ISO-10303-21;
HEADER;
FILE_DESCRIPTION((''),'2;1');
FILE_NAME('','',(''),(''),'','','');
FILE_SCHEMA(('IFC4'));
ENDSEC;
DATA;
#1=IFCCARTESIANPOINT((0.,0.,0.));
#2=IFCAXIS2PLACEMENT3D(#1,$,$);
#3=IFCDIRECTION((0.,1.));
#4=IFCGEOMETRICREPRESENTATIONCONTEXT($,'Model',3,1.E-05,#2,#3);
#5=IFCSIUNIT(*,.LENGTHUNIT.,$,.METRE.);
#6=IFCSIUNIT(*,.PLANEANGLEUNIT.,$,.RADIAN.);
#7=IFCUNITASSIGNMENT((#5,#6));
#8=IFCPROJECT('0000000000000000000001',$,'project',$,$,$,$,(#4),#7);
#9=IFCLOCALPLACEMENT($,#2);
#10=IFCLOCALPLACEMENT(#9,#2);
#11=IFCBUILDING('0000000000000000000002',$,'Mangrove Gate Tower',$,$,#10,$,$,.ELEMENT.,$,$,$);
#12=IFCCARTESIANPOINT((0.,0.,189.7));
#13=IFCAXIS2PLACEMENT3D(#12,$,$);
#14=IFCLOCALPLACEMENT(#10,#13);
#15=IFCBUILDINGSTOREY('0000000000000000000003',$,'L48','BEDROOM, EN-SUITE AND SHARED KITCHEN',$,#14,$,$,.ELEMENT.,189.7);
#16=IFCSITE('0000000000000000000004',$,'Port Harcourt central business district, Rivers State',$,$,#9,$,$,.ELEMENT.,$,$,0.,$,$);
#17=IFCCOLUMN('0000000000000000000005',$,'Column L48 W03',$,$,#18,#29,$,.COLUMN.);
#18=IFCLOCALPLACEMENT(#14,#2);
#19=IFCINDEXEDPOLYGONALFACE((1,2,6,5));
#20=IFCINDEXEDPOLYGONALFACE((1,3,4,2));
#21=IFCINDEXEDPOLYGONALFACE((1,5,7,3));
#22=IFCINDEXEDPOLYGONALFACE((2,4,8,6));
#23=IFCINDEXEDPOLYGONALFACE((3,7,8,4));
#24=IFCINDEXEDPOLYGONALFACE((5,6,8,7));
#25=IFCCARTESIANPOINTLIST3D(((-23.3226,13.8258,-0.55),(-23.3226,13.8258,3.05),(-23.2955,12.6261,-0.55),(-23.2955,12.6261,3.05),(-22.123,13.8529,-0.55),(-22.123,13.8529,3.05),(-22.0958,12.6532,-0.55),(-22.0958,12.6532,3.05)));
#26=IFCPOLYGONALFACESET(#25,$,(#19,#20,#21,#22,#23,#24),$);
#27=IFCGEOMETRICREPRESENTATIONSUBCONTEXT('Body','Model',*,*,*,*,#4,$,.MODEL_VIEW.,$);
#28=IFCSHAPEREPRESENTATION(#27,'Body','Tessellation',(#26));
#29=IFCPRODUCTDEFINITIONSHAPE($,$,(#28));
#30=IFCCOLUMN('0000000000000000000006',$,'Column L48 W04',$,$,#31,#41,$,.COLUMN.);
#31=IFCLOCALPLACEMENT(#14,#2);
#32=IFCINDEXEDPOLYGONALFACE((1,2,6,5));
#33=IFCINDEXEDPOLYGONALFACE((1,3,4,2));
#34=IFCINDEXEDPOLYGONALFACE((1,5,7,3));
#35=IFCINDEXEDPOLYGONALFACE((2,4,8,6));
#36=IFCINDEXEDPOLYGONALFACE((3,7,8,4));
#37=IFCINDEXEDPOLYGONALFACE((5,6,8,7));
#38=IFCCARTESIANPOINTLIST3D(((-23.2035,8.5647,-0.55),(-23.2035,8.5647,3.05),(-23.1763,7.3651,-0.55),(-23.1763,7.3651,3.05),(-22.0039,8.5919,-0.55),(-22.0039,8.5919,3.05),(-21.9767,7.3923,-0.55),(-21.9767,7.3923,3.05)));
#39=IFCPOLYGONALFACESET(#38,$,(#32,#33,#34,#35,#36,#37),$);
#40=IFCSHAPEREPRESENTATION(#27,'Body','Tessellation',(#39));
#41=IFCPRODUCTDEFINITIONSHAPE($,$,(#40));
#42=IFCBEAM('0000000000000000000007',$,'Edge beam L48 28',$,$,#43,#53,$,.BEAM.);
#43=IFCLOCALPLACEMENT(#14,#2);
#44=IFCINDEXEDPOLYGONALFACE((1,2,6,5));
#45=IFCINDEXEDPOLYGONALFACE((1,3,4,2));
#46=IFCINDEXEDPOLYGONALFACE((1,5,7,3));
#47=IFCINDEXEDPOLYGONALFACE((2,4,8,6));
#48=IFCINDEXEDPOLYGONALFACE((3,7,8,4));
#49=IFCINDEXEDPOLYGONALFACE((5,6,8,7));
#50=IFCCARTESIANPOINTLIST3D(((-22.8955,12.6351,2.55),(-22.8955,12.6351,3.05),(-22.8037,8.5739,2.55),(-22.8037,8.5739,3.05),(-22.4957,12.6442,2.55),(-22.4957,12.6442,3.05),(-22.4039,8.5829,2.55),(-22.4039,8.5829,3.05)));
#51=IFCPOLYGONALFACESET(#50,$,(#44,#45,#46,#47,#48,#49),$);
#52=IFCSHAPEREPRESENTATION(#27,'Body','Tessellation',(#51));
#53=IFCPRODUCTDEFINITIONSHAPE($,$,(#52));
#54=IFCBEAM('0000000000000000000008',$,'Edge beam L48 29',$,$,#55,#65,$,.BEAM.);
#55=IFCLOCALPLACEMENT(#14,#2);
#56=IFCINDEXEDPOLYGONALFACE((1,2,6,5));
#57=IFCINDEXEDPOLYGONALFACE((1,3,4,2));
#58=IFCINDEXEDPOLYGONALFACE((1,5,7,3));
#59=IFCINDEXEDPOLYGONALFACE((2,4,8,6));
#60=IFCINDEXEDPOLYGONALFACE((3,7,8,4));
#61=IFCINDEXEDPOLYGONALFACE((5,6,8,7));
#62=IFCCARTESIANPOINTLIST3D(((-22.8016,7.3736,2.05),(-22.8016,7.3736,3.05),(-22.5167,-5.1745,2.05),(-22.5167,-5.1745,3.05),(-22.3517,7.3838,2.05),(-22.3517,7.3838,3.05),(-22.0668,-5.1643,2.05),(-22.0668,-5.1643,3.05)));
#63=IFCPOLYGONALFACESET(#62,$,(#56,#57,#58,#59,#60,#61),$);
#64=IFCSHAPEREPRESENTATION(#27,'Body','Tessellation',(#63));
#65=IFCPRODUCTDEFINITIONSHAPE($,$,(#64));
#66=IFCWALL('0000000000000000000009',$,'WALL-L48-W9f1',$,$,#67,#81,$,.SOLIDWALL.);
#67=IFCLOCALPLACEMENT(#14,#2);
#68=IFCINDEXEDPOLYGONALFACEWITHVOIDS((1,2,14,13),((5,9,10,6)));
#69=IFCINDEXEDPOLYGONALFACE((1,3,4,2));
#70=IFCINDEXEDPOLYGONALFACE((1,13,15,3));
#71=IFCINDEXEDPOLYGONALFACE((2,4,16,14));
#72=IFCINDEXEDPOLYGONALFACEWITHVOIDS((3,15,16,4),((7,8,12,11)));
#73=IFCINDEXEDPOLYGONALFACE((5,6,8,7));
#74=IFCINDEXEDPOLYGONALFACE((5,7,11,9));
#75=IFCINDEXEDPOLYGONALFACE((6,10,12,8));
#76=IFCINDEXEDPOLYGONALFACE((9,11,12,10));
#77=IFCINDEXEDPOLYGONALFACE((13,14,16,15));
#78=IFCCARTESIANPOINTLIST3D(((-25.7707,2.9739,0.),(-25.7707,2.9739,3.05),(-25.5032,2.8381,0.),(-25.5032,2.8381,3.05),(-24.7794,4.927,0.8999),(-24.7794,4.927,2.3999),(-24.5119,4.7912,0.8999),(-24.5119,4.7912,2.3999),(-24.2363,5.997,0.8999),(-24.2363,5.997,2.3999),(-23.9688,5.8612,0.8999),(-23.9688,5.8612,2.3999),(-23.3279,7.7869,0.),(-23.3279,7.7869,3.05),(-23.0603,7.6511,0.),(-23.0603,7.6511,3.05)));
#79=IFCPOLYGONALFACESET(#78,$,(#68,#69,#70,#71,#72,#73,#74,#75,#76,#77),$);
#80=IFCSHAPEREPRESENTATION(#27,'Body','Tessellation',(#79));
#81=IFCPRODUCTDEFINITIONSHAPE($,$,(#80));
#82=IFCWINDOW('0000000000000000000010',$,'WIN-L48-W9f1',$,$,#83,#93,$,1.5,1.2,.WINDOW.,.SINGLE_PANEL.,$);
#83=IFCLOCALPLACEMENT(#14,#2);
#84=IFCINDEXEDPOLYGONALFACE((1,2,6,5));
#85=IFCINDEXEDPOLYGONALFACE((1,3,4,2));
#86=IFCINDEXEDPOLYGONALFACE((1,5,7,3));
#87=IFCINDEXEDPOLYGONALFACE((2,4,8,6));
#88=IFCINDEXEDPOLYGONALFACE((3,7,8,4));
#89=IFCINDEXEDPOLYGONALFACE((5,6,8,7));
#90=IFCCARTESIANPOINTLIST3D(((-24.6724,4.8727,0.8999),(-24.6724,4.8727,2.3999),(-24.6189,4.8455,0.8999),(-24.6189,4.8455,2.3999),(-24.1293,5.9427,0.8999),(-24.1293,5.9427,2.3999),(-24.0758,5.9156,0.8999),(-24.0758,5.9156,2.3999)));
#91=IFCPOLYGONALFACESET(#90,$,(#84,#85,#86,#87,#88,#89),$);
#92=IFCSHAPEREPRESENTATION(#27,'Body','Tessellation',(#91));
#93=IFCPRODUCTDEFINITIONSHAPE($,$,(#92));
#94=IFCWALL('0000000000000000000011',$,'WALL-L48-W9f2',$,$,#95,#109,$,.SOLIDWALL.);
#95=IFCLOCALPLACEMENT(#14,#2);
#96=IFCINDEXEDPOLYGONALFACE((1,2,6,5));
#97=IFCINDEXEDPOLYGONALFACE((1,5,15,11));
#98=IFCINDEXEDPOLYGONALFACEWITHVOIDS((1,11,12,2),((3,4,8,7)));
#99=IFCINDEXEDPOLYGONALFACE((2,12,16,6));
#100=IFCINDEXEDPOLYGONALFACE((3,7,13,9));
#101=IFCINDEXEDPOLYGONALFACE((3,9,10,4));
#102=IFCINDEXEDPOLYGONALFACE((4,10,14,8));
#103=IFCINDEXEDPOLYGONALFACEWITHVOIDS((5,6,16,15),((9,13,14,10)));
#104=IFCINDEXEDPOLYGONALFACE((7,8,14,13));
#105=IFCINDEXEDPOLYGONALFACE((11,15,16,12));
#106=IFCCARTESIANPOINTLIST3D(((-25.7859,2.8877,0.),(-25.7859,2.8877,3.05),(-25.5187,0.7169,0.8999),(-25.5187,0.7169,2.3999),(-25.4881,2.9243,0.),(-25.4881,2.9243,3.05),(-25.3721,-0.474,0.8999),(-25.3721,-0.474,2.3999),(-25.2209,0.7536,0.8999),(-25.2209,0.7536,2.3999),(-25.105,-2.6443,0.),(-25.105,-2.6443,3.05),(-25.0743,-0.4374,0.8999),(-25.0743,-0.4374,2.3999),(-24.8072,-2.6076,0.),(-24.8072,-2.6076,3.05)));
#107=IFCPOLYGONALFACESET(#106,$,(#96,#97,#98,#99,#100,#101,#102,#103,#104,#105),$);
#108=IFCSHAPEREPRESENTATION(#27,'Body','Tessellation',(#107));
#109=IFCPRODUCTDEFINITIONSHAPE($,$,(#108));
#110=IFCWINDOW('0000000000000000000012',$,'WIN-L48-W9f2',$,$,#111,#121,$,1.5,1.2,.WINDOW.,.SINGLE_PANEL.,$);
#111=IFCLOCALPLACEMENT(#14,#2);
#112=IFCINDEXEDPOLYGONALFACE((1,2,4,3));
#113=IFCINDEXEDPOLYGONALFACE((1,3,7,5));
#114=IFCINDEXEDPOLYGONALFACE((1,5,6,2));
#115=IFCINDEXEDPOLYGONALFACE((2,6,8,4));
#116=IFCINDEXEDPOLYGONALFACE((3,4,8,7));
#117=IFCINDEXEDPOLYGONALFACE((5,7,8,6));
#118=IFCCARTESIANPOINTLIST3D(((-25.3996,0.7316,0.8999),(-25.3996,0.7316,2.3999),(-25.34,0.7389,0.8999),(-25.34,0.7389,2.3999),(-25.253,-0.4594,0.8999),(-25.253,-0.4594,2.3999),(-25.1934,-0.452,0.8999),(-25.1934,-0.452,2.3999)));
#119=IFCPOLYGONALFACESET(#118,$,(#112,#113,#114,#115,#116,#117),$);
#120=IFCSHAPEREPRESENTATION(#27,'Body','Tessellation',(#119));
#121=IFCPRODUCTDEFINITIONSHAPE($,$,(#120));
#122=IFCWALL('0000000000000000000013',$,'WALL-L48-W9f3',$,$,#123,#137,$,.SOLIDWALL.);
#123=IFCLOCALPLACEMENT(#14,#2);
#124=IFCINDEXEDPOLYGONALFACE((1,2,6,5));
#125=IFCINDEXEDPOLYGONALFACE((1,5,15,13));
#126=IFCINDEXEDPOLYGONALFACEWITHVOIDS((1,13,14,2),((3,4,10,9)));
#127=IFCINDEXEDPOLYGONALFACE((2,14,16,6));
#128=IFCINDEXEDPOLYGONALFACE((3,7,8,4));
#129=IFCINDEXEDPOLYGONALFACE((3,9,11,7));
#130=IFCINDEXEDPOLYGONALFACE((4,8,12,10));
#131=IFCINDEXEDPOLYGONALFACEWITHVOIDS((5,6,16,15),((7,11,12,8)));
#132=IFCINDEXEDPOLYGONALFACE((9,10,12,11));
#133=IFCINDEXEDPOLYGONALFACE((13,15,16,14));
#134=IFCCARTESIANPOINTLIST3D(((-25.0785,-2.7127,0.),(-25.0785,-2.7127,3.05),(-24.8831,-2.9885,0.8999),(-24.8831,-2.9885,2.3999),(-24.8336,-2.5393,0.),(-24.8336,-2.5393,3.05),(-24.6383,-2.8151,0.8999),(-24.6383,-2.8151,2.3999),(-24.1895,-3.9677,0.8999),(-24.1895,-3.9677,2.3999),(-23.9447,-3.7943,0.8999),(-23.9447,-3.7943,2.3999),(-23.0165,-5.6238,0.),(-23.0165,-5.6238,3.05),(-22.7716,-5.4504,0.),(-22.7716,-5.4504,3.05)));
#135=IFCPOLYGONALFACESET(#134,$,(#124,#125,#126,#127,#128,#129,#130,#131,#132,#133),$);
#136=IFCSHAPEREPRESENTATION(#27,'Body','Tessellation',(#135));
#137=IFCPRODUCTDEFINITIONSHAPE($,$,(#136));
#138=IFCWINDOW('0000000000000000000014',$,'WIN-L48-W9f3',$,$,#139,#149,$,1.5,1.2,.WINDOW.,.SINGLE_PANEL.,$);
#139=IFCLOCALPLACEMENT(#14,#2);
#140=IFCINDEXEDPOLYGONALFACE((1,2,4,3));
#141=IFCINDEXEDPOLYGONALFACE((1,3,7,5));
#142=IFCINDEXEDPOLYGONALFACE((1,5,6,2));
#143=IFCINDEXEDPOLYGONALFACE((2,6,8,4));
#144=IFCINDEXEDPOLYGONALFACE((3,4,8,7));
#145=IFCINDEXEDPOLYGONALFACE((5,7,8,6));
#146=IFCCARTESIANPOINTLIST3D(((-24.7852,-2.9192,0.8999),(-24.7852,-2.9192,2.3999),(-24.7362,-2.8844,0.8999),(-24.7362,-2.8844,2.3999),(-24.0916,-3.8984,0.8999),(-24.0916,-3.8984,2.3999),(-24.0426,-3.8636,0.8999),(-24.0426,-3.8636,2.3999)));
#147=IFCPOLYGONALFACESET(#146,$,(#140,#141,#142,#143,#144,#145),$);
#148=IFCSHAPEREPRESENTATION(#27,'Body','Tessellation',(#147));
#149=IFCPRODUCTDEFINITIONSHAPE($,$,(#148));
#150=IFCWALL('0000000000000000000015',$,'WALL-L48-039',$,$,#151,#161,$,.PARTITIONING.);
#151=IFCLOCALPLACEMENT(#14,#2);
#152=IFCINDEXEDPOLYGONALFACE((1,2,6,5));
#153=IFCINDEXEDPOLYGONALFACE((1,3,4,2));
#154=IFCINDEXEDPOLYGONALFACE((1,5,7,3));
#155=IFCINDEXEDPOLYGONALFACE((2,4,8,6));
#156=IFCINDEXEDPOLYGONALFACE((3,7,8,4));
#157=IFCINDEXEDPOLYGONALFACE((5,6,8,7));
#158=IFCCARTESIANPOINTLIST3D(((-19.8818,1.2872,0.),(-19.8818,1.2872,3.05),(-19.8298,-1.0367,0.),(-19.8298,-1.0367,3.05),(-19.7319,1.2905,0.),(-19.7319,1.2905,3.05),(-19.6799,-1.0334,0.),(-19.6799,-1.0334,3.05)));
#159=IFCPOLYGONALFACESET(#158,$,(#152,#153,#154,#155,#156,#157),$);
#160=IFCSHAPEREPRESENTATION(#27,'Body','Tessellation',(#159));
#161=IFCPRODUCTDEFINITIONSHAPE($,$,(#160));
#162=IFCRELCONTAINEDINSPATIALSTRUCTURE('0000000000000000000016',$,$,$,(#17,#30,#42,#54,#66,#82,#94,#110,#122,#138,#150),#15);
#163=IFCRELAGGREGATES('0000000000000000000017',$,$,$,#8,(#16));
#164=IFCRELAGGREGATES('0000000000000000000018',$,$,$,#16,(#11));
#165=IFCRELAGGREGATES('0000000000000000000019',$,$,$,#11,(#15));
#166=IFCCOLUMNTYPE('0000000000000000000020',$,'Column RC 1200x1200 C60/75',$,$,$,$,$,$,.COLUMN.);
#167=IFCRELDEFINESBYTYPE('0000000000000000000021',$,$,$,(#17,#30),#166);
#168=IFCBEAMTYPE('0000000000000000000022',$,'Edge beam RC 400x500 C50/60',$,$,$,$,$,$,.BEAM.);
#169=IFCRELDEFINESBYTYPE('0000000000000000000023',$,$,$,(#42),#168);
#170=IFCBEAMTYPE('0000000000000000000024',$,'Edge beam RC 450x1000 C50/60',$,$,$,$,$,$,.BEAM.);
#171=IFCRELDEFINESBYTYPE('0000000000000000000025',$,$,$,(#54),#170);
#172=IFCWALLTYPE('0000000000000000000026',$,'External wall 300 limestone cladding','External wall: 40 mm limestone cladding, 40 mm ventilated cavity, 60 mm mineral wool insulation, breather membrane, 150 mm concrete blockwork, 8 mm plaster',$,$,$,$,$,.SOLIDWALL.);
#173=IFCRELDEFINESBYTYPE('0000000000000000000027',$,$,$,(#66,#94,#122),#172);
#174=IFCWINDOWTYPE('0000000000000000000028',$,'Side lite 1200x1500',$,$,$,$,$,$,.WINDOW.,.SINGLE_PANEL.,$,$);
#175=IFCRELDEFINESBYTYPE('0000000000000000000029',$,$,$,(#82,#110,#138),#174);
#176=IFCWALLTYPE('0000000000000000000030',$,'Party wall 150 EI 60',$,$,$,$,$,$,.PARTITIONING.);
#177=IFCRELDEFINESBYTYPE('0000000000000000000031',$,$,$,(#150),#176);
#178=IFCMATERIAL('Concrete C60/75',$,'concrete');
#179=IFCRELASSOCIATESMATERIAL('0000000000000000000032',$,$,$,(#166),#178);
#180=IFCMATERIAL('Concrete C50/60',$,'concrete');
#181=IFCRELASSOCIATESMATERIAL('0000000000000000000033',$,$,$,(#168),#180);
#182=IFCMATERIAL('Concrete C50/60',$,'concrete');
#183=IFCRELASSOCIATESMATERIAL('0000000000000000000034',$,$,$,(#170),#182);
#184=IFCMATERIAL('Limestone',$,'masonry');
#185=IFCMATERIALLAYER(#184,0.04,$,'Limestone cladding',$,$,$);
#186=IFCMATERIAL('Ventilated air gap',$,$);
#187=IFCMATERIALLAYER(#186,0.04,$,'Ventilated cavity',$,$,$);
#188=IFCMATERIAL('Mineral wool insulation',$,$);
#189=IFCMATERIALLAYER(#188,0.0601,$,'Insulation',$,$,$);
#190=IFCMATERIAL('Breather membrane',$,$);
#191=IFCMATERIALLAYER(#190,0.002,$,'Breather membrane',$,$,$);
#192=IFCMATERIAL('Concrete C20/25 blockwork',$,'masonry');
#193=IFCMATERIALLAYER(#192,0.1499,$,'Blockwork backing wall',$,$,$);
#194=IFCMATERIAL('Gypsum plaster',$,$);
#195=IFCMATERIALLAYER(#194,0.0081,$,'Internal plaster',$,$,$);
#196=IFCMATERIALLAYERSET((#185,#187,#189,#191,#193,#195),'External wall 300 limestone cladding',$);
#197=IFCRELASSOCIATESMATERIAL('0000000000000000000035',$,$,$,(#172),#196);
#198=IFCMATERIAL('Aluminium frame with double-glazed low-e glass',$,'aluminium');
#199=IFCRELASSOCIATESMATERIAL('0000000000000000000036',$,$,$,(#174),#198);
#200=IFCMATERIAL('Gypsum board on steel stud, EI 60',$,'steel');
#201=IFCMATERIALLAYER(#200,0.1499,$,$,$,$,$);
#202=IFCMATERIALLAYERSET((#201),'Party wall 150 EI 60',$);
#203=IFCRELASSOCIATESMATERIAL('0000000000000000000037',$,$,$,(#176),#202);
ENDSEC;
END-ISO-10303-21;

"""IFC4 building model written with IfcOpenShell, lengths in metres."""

from ifc_helpers import new_model, si_unit, direction, frame, frame_2d, origin, origin_2d, place, context, subcontext, project, spatial, rectangle, extrude, material, layer, layer_set, material_profile, profile_set, type_object, element, fill, save


model = new_model("IFC4")

# Units and contexts
model_context = context("Model", 3, precision=1e-05, world=origin(), true_north=direction((0.0, 1.0)))
body_context = subcontext(model_context, "Body", "Model", "MODEL_VIEW")
ifc_project = project(units=[si_unit("LENGTHUNIT", "METRE"), si_unit("PLANEANGLEUNIT", "RADIAN")], contexts=[model_context])

# Site, building, storey
site_placement = place(None, origin())
site = spatial("IfcSite", under=ifc_project, at=site_placement, Name="Port Harcourt central business district, Rivers State", CompositionType="ELEMENT", RefElevation=0.0)
building_placement = place(site_placement, origin())
building = spatial("IfcBuilding", under=site, at=building_placement, Name="Mangrove Gate Tower", CompositionType="ELEMENT")
storey_placement = place(building_placement, frame((0.0, 0.0, 189.7)))
storey = spatial("IfcBuildingStorey", under=building, at=storey_placement, Name="L48", Description="BEDROOM, EN-SUITE AND SHARED KITCHEN", CompositionType="ELEMENT", Elevation=189.7)

# Columns
ifc_material_1 = material(Name="Concrete C60/75", Category="concrete")
ifc_material_profile_1 = material_profile(ifc_material_1, rectangle(XDim=1.2, YDim=1.2, at=origin_2d()))
ifc_profile_set_1 = profile_set([ifc_material_profile_1], Name="Concrete C60/75")
column_type = type_object("IfcColumnType", Name="Column RC 1200x1200 C60/75", PredefinedType="COLUMN", material=ifc_profile_set_1)
for number, where, z_axis, x_axis, name in (
    (1, (-22.7092, 13.2395, -0.55), (0.0, 0.0, 1.0), (0.022613, -0.999744, 0.0), "Column L48 W03"),
    (2, (-22.5901, 7.9785, -0.55), (0.0, 0.0, 1.0), (0.022668, -0.999743, 0.0), "Column L48 W04"),
):
    element("IfcColumn", number, at=place(storey_placement, frame(where, z_axis=z_axis, x_axis=x_axis)), inside=storey, type_object=column_type, Name=name, PredefinedType="COLUMN", context=body_context, shape_type="SweptSolid", body=[
        extrude(rectangle(XDim=1.2, YDim=1.2, at=origin_2d()), origin(), (0.0, 0.0, 1.0), 3.6001),
    ])

# Beams
ifc_material_2 = material(Name="Concrete C50/60", Category="concrete")
ifc_material_profile_2 = material_profile(ifc_material_2, rectangle(XDim=0.3999, YDim=0.5, at=origin_2d()))
ifc_profile_set_2 = profile_set([ifc_material_profile_2], Name="Concrete C50/60")
beam_type_1 = type_object("IfcBeamType", Name="Edge beam RC 400x500 C50/60", PredefinedType="BEAM", material=ifc_profile_set_2)
beam_1_placement = place(storey_placement, frame((-22.6956, 12.6396, 2.8), z_axis=(0.022597, -0.999745, 0.0), x_axis=(0.999745, 0.022597, 0.0)))
element("IfcBeam", 3, at=beam_1_placement, inside=storey, type_object=beam_type_1, Name="Edge beam L48 28", PredefinedType="BEAM", context=body_context, shape_type="SweptSolid", body=[
    extrude(rectangle(XDim=0.3999, YDim=0.5, at=origin_2d()), origin(), (0.0, 0.0, 1.0), 4.0623),
])
ifc_material_3 = material(Name="Concrete C50/60", Category="concrete")
ifc_material_profile_3 = material_profile(ifc_material_3, rectangle(XDim=0.45, YDim=1.0, at=origin_2d()))
ifc_profile_set_3 = profile_set([ifc_material_profile_3], Name="Concrete C50/60")
beam_type_2 = type_object("IfcBeamType", Name="Edge beam RC 450x1000 C50/60", PredefinedType="BEAM", material=ifc_profile_set_3)
beam_2_placement = place(storey_placement, frame((-22.5767, 7.3787, 2.55), z_axis=(0.0227, -0.999742, 0.0), x_axis=(0.999742, 0.0227, 0.0)))
element("IfcBeam", 4, at=beam_2_placement, inside=storey, type_object=beam_type_2, Name="Edge beam L48 29", PredefinedType="BEAM", context=body_context, shape_type="SweptSolid", body=[
    extrude(rectangle(XDim=0.45, YDim=1.0, at=origin_2d()), origin(), (0.0, 0.0, 1.0), 12.5513),
])

# Walls, openings, windows
ifc_material_4 = material(Name="Limestone", Category="masonry")
ifc_layer_1 = layer(ifc_material_4, 0.04, Name="Limestone cladding")
ifc_material_5 = material(Name="Ventilated air gap")
ifc_layer_2 = layer(ifc_material_5, 0.04, Name="Ventilated cavity")
ifc_material_6 = material(Name="Mineral wool insulation")
ifc_layer_3 = layer(ifc_material_6, 0.0601, Name="Insulation")
ifc_material_7 = material(Name="Breather membrane")
ifc_layer_4 = layer(ifc_material_7, 0.002, Name="Breather membrane")
ifc_material_8 = material(Name="Concrete C20/25 blockwork", Category="masonry")
ifc_layer_5 = layer(ifc_material_8, 0.1499, Name="Blockwork backing wall")
ifc_material_9 = material(Name="Gypsum plaster")
ifc_layer_6 = layer(ifc_material_9, 0.0081, Name="Internal plaster")
ifc_layer_set_1 = layer_set([ifc_layer_1, ifc_layer_2, ifc_layer_3, ifc_layer_4, ifc_layer_5, ifc_layer_6], Name="External wall 300 limestone cladding")
wall_type_1 = type_object("IfcWallType", Name="External wall 300 limestone cladding", Description="External wall: 40 mm limestone cladding, 40 mm ventilated cavity, 60 mm mineral wool insulation, breather membrane, 150 mm concrete blockwork, 8 mm plaster", PredefinedType="SOLIDWALL", material=ifc_layer_set_1)
wall_1_placement = place(storey_placement, frame((-23.1941, 7.719, 0.0), z_axis=(0.0, 0.0, 1.0), x_axis=(-0.452597, -0.891715, 0.0)))
wall_1 = element("IfcWall", 5, at=wall_1_placement, inside=storey, type_object=wall_type_1, Name="WALL-L48-W9f1", PredefinedType="SOLIDWALL", context=body_context, shape_type="SweptSolid", body=[
    extrude(rectangle(XDim=5.3975, YDim=0.3, at=frame_2d((2.6987, 0.0))), origin(), (0.0, 0.0, 1.0), 3.05),
])
opening_1_placement = place(wall_1_placement, frame((2.0071, 0.0, 0.8999)))
opening_1 = element("IfcOpeningElement", 6, at=opening_1_placement, cuts=wall_1, PredefinedType="OPENING", context=body_context, shape_type="SweptSolid", body=[
    extrude(rectangle(XDim=1.2, YDim=1.5, at=frame_2d((0.6001, 0.75))), frame((0.0, 0.1599, 0.0), z_axis=(0.0, -1.0, 0.0), x_axis=(1.0, 0.0, 0.0)), (0.0, 0.0, 1.0), 0.3201),
])
ifc_material_10 = material(Name="Aluminium frame with double-glazed low-e glass", Category="aluminium")
window_type = type_object("IfcWindowType", Name="Side lite 1200x1500", PartitioningType="SINGLE_PANEL", PredefinedType="WINDOW", material=ifc_material_10)
window_1_placement = place(opening_1_placement, origin())
window_1 = element("IfcWindow", 7, at=window_1_placement, inside=storey, type_object=window_type, Name="WIN-L48-W9f1", OverallHeight=1.5, OverallWidth=1.2, PartitioningType="SINGLE_PANEL", PredefinedType="WINDOW", context=body_context, shape_type="SweptSolid", body=[
    extrude(rectangle(XDim=1.2, YDim=1.5, at=frame_2d((0.6001, 0.75))), frame((0.0, 0.03, 0.0), z_axis=(0.0, -1.0, 0.0), x_axis=(1.0, 0.0, 0.0)), (0.0, 0.0, 1.0), 0.0601),
])
fill(opening_1, window_1)
wall_2_placement = place(storey_placement, frame((-25.637, 2.906, 0.0), z_axis=(0.0, 0.0, 1.0), x_axis=(0.122164, -0.99251, 0.0)))
wall_2 = element("IfcWall", 8, at=wall_2_placement, inside=storey, type_object=wall_type_1, Name="WALL-L48-W9f2", PredefinedType="SOLIDWALL", context=body_context, shape_type="SweptSolid", body=[
    extrude(rectangle(XDim=5.5737, YDim=0.3, at=frame_2d((2.7869, 0.0))), origin(), (0.0, 0.0, 1.0), 3.05),
])
opening_2_placement = place(wall_2_placement, frame((2.187, 0.0, 0.8999)))
opening_2 = element("IfcOpeningElement", 9, at=opening_2_placement, cuts=wall_2, PredefinedType="OPENING", context=body_context, shape_type="SweptSolid", body=[
    extrude(rectangle(XDim=1.2, YDim=1.5, at=frame_2d((0.6001, 0.75))), frame((0.0, 0.1599, 0.0), z_axis=(0.0, -1.0, 0.0), x_axis=(1.0, 0.0, 0.0)), (0.0, 0.0, 1.0), 0.3201),
])
window_2_placement = place(opening_2_placement, origin())
window_2 = element("IfcWindow", 10, at=window_2_placement, inside=storey, type_object=window_type, Name="WIN-L48-W9f2", OverallHeight=1.5, OverallWidth=1.2, PartitioningType="SINGLE_PANEL", PredefinedType="WINDOW", context=body_context, shape_type="SweptSolid", body=[
    extrude(rectangle(XDim=1.2, YDim=1.5, at=frame_2d((0.6001, 0.75))), frame((0.0, 0.03, 0.0), z_axis=(0.0, -1.0, 0.0), x_axis=(1.0, 0.0, 0.0)), (0.0, 0.0, 1.0), 0.0601),
])
fill(opening_2, window_2)
wall_3_placement = place(storey_placement, frame((-24.9561, -2.626, 0.0), z_axis=(0.0, 0.0, 1.0), x_axis=(0.57801, -0.81603, 0.0)))
wall_3 = element("IfcWall", 11, at=wall_3_placement, inside=storey, type_object=wall_type_1, Name="WALL-L48-W9f3", PredefinedType="SOLIDWALL", context=body_context, shape_type="SweptSolid", body=[
    extrude(rectangle(XDim=3.5674, YDim=0.3, at=frame_2d((1.7837, 0.0))), origin(), (0.0, 0.0, 1.0), 3.05),
])
opening_3_placement = place(wall_3_placement, frame((0.3379, 0.0, 0.8999)))
opening_3 = element("IfcOpeningElement", 12, at=opening_3_placement, cuts=wall_3, PredefinedType="OPENING", context=body_context, shape_type="SweptSolid", body=[
    extrude(rectangle(XDim=1.2, YDim=1.5, at=frame_2d((0.6001, 0.75))), frame((0.0, 0.1599, 0.0), z_axis=(0.0, -1.0, 0.0), x_axis=(1.0, 0.0, 0.0)), (0.0, 0.0, 1.0), 0.3201),
])
window_3_placement = place(opening_3_placement, origin())
window_3 = element("IfcWindow", 13, at=window_3_placement, inside=storey, type_object=window_type, Name="WIN-L48-W9f3", OverallHeight=1.5, OverallWidth=1.2, PartitioningType="SINGLE_PANEL", PredefinedType="WINDOW", context=body_context, shape_type="SweptSolid", body=[
    extrude(rectangle(XDim=1.2, YDim=1.5, at=frame_2d((0.6001, 0.75))), frame((0.0, 0.03, 0.0), z_axis=(0.0, -1.0, 0.0), x_axis=(1.0, 0.0, 0.0)), (0.0, 0.0, 1.0), 0.0601),
])
fill(opening_3, window_3)

# Wall
ifc_material_11 = material(Name="Gypsum board on steel stud, EI 60", Category="steel")
ifc_layer_7 = layer(ifc_material_11, 0.1499)
ifc_layer_set_2 = layer_set([ifc_layer_7], Name="Party wall 150 EI 60")
wall_type_2 = type_object("IfcWallType", Name="Party wall 150 EI 60", PredefinedType="PARTITIONING", material=ifc_layer_set_2)
wall_4_placement = place(storey_placement, frame((-19.7549, -1.0349, 0.0), z_axis=(0.0, 0.0, 1.0), x_axis=(-0.022371, 0.99975, 0.0)))
element("IfcWall", 14, at=wall_4_placement, inside=storey, type_object=wall_type_2, Name="WALL-L48-039", PredefinedType="PARTITIONING", context=body_context, shape_type="SweptSolid", body=[
    extrude(rectangle(XDim=2.3245, YDim=0.1499, at=frame_2d((1.1621, 0.0))), origin(), (0.0, 0.0, 1.0), 3.05),
])

save(model, "model.ifc")
